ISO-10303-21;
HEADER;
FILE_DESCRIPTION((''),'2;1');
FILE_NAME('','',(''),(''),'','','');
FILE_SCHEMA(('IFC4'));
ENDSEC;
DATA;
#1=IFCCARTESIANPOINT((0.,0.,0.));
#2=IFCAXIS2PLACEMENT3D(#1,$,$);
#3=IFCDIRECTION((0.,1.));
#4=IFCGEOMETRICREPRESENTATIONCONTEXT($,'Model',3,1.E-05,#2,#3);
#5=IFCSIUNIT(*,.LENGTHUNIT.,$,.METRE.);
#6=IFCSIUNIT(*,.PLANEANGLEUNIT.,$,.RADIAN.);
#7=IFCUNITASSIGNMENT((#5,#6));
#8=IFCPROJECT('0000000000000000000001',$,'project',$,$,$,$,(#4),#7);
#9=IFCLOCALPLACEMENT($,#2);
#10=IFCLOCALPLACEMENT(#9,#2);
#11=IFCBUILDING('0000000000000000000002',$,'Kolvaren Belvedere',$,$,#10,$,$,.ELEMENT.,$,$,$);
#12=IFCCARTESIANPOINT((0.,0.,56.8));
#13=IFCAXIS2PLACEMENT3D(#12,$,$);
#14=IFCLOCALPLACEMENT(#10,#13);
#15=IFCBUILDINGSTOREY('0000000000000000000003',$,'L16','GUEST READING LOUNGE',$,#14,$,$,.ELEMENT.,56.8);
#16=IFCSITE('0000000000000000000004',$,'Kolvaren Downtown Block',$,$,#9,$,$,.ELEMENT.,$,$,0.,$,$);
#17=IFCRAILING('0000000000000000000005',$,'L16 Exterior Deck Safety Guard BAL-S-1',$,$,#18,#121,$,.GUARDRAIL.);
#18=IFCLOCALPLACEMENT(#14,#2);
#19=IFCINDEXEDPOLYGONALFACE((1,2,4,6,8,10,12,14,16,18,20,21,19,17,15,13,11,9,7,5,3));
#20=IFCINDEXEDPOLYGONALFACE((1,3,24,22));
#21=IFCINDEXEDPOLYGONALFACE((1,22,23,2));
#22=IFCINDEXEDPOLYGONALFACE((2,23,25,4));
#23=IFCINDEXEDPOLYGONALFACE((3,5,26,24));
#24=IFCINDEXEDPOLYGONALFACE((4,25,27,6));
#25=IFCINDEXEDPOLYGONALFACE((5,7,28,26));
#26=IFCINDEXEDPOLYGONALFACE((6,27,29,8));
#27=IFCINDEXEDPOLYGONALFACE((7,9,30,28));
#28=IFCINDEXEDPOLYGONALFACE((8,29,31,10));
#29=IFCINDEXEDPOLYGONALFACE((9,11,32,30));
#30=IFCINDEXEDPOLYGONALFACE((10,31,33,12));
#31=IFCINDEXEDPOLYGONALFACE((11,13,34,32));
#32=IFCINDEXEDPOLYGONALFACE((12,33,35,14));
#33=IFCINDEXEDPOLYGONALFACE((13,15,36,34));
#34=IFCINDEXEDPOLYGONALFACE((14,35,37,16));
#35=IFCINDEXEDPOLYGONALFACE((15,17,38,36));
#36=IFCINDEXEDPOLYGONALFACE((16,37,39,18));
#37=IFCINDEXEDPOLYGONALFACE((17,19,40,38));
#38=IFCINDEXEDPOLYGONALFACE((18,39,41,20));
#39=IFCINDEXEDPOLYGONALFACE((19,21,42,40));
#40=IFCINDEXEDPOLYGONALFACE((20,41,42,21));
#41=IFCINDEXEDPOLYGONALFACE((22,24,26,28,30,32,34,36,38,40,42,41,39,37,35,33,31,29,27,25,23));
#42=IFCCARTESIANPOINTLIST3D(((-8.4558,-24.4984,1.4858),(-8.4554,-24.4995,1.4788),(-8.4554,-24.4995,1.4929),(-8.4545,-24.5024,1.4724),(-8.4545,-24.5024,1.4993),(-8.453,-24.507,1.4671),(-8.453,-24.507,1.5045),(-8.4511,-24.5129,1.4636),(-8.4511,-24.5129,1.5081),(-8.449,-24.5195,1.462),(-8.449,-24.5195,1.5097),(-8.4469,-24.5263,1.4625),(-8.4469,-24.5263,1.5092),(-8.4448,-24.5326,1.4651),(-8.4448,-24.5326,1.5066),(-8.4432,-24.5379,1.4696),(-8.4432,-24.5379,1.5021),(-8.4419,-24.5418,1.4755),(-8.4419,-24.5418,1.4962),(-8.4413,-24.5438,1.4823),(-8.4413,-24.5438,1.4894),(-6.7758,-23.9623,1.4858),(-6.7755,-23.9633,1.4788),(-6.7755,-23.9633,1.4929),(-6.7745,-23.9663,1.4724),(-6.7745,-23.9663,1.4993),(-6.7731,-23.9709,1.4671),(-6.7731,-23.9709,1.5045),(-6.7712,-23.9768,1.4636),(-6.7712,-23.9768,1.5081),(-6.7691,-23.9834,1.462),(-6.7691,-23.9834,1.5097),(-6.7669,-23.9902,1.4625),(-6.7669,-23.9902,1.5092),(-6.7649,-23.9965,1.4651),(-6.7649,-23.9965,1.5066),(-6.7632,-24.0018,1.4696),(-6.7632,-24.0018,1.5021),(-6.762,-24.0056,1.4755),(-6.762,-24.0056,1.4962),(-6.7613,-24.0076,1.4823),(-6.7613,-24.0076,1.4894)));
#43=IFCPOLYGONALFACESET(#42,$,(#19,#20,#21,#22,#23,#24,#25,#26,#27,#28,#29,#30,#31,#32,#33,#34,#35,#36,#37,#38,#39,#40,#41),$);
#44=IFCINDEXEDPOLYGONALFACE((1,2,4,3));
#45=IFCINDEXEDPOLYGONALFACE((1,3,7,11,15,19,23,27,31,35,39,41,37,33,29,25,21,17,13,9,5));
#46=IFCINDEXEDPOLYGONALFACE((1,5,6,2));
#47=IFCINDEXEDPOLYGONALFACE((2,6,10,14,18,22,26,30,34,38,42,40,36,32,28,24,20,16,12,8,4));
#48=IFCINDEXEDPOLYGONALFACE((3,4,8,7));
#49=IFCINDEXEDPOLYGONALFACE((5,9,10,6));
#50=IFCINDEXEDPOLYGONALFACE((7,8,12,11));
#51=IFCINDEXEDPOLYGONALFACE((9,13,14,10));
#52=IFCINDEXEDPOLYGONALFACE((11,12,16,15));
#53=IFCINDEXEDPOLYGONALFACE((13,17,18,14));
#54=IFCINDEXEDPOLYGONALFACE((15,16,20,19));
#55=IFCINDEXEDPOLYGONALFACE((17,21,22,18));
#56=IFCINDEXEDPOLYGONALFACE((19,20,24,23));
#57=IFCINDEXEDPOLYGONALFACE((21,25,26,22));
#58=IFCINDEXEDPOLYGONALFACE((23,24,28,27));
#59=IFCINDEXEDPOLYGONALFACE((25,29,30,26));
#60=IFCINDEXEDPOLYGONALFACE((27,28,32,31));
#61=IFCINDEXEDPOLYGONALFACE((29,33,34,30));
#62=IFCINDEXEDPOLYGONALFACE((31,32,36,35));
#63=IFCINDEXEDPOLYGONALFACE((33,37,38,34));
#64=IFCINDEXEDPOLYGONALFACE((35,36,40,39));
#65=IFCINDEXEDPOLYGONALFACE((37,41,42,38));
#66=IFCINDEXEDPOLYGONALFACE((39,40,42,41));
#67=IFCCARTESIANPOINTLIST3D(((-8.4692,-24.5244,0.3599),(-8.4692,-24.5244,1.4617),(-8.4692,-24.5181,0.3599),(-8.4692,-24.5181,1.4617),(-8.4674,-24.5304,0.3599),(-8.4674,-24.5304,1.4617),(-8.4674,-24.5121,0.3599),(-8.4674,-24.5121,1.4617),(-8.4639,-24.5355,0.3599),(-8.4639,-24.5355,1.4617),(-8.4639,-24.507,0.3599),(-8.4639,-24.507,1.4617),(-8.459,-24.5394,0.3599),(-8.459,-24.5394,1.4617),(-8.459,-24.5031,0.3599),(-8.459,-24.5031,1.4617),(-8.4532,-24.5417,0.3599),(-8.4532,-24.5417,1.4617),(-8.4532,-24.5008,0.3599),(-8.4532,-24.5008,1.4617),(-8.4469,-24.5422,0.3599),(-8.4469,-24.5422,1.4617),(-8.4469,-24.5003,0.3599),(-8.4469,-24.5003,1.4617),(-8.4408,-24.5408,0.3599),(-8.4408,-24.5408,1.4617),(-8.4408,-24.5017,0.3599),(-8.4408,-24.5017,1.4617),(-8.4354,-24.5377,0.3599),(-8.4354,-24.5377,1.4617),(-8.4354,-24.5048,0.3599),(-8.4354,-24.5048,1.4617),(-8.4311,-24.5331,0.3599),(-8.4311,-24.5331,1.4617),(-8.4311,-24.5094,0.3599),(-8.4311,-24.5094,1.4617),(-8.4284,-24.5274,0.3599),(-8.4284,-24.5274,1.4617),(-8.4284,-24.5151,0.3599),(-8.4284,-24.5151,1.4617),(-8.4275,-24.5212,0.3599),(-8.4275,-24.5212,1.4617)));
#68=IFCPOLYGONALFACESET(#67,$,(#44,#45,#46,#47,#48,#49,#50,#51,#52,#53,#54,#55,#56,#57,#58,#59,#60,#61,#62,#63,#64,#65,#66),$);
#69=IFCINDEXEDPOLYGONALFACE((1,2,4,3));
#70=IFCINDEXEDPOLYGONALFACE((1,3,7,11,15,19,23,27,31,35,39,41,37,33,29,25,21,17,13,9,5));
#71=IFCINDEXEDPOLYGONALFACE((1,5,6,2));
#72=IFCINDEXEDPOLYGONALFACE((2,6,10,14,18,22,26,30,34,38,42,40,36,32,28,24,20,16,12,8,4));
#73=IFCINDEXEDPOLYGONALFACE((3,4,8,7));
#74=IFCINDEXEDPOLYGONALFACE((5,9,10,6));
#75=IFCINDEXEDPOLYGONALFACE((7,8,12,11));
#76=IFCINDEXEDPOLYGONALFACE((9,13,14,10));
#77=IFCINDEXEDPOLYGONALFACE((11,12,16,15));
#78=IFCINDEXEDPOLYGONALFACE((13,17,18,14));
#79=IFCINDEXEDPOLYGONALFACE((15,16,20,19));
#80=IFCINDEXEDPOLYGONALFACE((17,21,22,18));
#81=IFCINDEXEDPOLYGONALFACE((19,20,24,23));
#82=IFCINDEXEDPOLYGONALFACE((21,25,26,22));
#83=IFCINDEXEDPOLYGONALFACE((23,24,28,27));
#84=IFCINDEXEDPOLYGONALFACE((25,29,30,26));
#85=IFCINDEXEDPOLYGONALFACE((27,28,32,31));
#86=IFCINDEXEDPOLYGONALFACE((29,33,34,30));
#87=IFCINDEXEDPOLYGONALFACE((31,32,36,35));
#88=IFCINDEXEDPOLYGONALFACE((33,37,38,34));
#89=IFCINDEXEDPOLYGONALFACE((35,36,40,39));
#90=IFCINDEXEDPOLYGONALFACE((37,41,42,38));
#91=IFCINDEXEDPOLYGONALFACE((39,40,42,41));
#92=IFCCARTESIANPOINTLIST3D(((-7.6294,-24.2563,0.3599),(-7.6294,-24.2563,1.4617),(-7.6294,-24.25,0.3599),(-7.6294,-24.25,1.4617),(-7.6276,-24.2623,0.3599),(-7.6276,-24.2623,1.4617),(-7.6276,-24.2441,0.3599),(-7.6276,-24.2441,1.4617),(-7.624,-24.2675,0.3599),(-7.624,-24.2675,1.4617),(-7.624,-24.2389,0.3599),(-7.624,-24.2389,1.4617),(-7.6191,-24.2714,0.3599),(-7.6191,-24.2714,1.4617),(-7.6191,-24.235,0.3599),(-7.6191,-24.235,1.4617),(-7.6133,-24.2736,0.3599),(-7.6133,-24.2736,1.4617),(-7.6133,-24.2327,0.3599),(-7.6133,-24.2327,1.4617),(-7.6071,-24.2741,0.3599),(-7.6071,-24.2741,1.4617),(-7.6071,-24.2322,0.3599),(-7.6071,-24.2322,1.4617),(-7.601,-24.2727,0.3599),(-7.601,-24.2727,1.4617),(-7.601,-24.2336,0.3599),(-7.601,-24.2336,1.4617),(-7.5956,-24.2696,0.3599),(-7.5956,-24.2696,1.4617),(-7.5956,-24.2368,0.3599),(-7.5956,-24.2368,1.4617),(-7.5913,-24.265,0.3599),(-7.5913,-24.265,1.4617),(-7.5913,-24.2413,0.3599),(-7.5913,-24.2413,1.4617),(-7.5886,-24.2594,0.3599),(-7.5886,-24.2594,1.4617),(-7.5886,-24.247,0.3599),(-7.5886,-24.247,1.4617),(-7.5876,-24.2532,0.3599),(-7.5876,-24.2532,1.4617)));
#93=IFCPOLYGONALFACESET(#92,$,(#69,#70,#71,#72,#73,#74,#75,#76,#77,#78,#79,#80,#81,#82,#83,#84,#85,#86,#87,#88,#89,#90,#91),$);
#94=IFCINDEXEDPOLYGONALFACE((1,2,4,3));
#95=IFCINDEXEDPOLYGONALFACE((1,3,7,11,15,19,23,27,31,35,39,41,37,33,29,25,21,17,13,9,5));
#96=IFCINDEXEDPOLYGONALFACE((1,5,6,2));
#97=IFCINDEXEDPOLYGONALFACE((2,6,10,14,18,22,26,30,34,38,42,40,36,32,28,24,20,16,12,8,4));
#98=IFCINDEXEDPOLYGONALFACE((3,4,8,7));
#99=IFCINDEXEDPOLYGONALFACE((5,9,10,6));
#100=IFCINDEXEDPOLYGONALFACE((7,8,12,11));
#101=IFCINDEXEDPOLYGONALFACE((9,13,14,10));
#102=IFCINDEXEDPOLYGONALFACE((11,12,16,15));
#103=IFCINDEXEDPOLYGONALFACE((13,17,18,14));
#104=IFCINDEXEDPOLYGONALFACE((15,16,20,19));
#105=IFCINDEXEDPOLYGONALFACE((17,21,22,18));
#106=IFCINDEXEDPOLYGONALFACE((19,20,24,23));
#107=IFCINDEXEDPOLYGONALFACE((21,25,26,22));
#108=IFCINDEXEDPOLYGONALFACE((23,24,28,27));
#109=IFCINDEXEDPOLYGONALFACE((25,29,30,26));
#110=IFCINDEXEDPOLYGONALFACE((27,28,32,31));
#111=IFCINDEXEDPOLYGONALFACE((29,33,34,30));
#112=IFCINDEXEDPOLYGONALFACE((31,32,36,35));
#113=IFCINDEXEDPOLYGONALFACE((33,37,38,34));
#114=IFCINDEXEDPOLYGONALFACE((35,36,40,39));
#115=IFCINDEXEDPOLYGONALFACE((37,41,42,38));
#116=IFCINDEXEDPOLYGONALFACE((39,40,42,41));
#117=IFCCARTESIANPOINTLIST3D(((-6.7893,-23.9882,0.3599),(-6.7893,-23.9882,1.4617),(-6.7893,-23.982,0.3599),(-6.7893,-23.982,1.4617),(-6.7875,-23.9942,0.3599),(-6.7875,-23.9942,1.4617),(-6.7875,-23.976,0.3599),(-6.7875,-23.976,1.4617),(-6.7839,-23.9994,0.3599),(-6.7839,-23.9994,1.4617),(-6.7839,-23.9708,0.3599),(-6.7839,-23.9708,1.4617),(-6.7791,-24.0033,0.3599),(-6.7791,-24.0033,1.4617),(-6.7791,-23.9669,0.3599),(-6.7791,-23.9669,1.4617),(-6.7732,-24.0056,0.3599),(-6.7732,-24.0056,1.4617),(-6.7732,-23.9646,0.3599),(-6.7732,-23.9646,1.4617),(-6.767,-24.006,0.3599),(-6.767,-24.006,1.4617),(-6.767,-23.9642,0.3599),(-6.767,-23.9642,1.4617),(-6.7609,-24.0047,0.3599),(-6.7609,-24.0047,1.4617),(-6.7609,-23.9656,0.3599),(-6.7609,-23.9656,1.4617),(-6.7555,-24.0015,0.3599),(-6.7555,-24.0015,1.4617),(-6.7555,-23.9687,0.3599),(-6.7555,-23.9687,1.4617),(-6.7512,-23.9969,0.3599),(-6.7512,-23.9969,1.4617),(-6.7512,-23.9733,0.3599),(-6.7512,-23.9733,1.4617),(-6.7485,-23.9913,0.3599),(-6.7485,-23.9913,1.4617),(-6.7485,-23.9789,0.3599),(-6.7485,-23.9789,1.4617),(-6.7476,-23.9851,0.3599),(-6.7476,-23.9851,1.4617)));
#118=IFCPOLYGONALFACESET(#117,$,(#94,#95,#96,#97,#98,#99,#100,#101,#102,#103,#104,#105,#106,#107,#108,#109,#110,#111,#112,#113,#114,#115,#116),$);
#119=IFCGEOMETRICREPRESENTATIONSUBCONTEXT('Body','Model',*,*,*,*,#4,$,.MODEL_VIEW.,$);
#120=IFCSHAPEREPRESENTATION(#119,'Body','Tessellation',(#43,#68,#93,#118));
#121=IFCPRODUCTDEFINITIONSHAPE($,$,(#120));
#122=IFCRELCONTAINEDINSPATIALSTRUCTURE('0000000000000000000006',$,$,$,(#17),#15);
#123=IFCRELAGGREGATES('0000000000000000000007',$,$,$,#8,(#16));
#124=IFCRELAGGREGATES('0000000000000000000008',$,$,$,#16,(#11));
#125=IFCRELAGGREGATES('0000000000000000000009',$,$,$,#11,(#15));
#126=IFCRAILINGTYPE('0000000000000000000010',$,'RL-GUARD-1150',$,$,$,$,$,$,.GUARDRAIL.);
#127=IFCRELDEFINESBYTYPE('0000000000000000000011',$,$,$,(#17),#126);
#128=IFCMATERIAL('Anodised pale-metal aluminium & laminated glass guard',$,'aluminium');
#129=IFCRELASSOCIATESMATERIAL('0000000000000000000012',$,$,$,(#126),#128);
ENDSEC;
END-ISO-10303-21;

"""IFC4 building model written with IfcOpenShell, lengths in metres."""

from ifc_helpers import new_model, si_unit, direction, frame, origin, origin_2d, place, context, subcontext, project, spatial, circle, extrude, material, type_object, element, save


model = new_model("IFC4")

# Units and contexts
model_context = context("Model", 3, precision=1e-05, world=origin(), true_north=direction((0.0, 1.0)))
body_context = subcontext(model_context, "Body", "Model", "MODEL_VIEW")
ifc_project = project(units=[si_unit("LENGTHUNIT", "METRE"), si_unit("PLANEANGLEUNIT", "RADIAN")], contexts=[model_context])

# Site, building, storey
site_placement = place(None, origin())
site = spatial("IfcSite", under=ifc_project, at=site_placement, Name="Kolvaren Downtown Block", CompositionType="ELEMENT", RefElevation=0.0)
building_placement = place(site_placement, origin())
building = spatial("IfcBuilding", under=site, at=building_placement, Name="Kolvaren Belvedere", CompositionType="ELEMENT")
storey_placement = place(building_placement, frame((0.0, 0.0, 56.8)))
storey = spatial("IfcBuildingStorey", under=building, at=storey_placement, Name="L16", Description="GUEST READING LOUNGE", CompositionType="ELEMENT", Elevation=56.8)

# Railing
ifc_material_1 = material(Name="Anodised pale-metal aluminium & laminated glass guard", Category="aluminium")
railing_type = type_object("IfcRailingType", Name="RL-GUARD-1150", PredefinedType="GUARDRAIL", material=ifc_material_1)
railing_placement = place(storey_placement, frame((-8.4485, -24.5212, 0.3599)))
element("IfcRailing", 1, at=railing_placement, inside=storey, type_object=railing_type, Name="L16 Exterior Deck Safety Guard BAL-S-1", PredefinedType="GUARDRAIL", context=body_context, shape_type="SweptSolid", body=[
    extrude(circle(Radius=0.0239, at=origin_2d()), frame((0.0, 0.0, 1.126), z_axis=(0.952662, 0.304032, 0.0), x_axis=(-0.304032, 0.952662, 0.0)), (0.0, 0.0, 1.0), 1.7634),
    extrude(circle(Radius=0.021, at=origin_2d()), origin(), (0.0, 0.0, 1.0), 1.1018),
    extrude(circle(Radius=0.021, at=origin_2d()), frame((0.8398, 0.2681, 0.0)), (0.0, 0.0, 1.0), 1.1018),
    extrude(circle(Radius=0.021, at=origin_2d()), frame((1.6799, 0.5361, 0.0)), (0.0, 0.0, 1.0), 1.1018),
])

save(model, "model.ifc")
